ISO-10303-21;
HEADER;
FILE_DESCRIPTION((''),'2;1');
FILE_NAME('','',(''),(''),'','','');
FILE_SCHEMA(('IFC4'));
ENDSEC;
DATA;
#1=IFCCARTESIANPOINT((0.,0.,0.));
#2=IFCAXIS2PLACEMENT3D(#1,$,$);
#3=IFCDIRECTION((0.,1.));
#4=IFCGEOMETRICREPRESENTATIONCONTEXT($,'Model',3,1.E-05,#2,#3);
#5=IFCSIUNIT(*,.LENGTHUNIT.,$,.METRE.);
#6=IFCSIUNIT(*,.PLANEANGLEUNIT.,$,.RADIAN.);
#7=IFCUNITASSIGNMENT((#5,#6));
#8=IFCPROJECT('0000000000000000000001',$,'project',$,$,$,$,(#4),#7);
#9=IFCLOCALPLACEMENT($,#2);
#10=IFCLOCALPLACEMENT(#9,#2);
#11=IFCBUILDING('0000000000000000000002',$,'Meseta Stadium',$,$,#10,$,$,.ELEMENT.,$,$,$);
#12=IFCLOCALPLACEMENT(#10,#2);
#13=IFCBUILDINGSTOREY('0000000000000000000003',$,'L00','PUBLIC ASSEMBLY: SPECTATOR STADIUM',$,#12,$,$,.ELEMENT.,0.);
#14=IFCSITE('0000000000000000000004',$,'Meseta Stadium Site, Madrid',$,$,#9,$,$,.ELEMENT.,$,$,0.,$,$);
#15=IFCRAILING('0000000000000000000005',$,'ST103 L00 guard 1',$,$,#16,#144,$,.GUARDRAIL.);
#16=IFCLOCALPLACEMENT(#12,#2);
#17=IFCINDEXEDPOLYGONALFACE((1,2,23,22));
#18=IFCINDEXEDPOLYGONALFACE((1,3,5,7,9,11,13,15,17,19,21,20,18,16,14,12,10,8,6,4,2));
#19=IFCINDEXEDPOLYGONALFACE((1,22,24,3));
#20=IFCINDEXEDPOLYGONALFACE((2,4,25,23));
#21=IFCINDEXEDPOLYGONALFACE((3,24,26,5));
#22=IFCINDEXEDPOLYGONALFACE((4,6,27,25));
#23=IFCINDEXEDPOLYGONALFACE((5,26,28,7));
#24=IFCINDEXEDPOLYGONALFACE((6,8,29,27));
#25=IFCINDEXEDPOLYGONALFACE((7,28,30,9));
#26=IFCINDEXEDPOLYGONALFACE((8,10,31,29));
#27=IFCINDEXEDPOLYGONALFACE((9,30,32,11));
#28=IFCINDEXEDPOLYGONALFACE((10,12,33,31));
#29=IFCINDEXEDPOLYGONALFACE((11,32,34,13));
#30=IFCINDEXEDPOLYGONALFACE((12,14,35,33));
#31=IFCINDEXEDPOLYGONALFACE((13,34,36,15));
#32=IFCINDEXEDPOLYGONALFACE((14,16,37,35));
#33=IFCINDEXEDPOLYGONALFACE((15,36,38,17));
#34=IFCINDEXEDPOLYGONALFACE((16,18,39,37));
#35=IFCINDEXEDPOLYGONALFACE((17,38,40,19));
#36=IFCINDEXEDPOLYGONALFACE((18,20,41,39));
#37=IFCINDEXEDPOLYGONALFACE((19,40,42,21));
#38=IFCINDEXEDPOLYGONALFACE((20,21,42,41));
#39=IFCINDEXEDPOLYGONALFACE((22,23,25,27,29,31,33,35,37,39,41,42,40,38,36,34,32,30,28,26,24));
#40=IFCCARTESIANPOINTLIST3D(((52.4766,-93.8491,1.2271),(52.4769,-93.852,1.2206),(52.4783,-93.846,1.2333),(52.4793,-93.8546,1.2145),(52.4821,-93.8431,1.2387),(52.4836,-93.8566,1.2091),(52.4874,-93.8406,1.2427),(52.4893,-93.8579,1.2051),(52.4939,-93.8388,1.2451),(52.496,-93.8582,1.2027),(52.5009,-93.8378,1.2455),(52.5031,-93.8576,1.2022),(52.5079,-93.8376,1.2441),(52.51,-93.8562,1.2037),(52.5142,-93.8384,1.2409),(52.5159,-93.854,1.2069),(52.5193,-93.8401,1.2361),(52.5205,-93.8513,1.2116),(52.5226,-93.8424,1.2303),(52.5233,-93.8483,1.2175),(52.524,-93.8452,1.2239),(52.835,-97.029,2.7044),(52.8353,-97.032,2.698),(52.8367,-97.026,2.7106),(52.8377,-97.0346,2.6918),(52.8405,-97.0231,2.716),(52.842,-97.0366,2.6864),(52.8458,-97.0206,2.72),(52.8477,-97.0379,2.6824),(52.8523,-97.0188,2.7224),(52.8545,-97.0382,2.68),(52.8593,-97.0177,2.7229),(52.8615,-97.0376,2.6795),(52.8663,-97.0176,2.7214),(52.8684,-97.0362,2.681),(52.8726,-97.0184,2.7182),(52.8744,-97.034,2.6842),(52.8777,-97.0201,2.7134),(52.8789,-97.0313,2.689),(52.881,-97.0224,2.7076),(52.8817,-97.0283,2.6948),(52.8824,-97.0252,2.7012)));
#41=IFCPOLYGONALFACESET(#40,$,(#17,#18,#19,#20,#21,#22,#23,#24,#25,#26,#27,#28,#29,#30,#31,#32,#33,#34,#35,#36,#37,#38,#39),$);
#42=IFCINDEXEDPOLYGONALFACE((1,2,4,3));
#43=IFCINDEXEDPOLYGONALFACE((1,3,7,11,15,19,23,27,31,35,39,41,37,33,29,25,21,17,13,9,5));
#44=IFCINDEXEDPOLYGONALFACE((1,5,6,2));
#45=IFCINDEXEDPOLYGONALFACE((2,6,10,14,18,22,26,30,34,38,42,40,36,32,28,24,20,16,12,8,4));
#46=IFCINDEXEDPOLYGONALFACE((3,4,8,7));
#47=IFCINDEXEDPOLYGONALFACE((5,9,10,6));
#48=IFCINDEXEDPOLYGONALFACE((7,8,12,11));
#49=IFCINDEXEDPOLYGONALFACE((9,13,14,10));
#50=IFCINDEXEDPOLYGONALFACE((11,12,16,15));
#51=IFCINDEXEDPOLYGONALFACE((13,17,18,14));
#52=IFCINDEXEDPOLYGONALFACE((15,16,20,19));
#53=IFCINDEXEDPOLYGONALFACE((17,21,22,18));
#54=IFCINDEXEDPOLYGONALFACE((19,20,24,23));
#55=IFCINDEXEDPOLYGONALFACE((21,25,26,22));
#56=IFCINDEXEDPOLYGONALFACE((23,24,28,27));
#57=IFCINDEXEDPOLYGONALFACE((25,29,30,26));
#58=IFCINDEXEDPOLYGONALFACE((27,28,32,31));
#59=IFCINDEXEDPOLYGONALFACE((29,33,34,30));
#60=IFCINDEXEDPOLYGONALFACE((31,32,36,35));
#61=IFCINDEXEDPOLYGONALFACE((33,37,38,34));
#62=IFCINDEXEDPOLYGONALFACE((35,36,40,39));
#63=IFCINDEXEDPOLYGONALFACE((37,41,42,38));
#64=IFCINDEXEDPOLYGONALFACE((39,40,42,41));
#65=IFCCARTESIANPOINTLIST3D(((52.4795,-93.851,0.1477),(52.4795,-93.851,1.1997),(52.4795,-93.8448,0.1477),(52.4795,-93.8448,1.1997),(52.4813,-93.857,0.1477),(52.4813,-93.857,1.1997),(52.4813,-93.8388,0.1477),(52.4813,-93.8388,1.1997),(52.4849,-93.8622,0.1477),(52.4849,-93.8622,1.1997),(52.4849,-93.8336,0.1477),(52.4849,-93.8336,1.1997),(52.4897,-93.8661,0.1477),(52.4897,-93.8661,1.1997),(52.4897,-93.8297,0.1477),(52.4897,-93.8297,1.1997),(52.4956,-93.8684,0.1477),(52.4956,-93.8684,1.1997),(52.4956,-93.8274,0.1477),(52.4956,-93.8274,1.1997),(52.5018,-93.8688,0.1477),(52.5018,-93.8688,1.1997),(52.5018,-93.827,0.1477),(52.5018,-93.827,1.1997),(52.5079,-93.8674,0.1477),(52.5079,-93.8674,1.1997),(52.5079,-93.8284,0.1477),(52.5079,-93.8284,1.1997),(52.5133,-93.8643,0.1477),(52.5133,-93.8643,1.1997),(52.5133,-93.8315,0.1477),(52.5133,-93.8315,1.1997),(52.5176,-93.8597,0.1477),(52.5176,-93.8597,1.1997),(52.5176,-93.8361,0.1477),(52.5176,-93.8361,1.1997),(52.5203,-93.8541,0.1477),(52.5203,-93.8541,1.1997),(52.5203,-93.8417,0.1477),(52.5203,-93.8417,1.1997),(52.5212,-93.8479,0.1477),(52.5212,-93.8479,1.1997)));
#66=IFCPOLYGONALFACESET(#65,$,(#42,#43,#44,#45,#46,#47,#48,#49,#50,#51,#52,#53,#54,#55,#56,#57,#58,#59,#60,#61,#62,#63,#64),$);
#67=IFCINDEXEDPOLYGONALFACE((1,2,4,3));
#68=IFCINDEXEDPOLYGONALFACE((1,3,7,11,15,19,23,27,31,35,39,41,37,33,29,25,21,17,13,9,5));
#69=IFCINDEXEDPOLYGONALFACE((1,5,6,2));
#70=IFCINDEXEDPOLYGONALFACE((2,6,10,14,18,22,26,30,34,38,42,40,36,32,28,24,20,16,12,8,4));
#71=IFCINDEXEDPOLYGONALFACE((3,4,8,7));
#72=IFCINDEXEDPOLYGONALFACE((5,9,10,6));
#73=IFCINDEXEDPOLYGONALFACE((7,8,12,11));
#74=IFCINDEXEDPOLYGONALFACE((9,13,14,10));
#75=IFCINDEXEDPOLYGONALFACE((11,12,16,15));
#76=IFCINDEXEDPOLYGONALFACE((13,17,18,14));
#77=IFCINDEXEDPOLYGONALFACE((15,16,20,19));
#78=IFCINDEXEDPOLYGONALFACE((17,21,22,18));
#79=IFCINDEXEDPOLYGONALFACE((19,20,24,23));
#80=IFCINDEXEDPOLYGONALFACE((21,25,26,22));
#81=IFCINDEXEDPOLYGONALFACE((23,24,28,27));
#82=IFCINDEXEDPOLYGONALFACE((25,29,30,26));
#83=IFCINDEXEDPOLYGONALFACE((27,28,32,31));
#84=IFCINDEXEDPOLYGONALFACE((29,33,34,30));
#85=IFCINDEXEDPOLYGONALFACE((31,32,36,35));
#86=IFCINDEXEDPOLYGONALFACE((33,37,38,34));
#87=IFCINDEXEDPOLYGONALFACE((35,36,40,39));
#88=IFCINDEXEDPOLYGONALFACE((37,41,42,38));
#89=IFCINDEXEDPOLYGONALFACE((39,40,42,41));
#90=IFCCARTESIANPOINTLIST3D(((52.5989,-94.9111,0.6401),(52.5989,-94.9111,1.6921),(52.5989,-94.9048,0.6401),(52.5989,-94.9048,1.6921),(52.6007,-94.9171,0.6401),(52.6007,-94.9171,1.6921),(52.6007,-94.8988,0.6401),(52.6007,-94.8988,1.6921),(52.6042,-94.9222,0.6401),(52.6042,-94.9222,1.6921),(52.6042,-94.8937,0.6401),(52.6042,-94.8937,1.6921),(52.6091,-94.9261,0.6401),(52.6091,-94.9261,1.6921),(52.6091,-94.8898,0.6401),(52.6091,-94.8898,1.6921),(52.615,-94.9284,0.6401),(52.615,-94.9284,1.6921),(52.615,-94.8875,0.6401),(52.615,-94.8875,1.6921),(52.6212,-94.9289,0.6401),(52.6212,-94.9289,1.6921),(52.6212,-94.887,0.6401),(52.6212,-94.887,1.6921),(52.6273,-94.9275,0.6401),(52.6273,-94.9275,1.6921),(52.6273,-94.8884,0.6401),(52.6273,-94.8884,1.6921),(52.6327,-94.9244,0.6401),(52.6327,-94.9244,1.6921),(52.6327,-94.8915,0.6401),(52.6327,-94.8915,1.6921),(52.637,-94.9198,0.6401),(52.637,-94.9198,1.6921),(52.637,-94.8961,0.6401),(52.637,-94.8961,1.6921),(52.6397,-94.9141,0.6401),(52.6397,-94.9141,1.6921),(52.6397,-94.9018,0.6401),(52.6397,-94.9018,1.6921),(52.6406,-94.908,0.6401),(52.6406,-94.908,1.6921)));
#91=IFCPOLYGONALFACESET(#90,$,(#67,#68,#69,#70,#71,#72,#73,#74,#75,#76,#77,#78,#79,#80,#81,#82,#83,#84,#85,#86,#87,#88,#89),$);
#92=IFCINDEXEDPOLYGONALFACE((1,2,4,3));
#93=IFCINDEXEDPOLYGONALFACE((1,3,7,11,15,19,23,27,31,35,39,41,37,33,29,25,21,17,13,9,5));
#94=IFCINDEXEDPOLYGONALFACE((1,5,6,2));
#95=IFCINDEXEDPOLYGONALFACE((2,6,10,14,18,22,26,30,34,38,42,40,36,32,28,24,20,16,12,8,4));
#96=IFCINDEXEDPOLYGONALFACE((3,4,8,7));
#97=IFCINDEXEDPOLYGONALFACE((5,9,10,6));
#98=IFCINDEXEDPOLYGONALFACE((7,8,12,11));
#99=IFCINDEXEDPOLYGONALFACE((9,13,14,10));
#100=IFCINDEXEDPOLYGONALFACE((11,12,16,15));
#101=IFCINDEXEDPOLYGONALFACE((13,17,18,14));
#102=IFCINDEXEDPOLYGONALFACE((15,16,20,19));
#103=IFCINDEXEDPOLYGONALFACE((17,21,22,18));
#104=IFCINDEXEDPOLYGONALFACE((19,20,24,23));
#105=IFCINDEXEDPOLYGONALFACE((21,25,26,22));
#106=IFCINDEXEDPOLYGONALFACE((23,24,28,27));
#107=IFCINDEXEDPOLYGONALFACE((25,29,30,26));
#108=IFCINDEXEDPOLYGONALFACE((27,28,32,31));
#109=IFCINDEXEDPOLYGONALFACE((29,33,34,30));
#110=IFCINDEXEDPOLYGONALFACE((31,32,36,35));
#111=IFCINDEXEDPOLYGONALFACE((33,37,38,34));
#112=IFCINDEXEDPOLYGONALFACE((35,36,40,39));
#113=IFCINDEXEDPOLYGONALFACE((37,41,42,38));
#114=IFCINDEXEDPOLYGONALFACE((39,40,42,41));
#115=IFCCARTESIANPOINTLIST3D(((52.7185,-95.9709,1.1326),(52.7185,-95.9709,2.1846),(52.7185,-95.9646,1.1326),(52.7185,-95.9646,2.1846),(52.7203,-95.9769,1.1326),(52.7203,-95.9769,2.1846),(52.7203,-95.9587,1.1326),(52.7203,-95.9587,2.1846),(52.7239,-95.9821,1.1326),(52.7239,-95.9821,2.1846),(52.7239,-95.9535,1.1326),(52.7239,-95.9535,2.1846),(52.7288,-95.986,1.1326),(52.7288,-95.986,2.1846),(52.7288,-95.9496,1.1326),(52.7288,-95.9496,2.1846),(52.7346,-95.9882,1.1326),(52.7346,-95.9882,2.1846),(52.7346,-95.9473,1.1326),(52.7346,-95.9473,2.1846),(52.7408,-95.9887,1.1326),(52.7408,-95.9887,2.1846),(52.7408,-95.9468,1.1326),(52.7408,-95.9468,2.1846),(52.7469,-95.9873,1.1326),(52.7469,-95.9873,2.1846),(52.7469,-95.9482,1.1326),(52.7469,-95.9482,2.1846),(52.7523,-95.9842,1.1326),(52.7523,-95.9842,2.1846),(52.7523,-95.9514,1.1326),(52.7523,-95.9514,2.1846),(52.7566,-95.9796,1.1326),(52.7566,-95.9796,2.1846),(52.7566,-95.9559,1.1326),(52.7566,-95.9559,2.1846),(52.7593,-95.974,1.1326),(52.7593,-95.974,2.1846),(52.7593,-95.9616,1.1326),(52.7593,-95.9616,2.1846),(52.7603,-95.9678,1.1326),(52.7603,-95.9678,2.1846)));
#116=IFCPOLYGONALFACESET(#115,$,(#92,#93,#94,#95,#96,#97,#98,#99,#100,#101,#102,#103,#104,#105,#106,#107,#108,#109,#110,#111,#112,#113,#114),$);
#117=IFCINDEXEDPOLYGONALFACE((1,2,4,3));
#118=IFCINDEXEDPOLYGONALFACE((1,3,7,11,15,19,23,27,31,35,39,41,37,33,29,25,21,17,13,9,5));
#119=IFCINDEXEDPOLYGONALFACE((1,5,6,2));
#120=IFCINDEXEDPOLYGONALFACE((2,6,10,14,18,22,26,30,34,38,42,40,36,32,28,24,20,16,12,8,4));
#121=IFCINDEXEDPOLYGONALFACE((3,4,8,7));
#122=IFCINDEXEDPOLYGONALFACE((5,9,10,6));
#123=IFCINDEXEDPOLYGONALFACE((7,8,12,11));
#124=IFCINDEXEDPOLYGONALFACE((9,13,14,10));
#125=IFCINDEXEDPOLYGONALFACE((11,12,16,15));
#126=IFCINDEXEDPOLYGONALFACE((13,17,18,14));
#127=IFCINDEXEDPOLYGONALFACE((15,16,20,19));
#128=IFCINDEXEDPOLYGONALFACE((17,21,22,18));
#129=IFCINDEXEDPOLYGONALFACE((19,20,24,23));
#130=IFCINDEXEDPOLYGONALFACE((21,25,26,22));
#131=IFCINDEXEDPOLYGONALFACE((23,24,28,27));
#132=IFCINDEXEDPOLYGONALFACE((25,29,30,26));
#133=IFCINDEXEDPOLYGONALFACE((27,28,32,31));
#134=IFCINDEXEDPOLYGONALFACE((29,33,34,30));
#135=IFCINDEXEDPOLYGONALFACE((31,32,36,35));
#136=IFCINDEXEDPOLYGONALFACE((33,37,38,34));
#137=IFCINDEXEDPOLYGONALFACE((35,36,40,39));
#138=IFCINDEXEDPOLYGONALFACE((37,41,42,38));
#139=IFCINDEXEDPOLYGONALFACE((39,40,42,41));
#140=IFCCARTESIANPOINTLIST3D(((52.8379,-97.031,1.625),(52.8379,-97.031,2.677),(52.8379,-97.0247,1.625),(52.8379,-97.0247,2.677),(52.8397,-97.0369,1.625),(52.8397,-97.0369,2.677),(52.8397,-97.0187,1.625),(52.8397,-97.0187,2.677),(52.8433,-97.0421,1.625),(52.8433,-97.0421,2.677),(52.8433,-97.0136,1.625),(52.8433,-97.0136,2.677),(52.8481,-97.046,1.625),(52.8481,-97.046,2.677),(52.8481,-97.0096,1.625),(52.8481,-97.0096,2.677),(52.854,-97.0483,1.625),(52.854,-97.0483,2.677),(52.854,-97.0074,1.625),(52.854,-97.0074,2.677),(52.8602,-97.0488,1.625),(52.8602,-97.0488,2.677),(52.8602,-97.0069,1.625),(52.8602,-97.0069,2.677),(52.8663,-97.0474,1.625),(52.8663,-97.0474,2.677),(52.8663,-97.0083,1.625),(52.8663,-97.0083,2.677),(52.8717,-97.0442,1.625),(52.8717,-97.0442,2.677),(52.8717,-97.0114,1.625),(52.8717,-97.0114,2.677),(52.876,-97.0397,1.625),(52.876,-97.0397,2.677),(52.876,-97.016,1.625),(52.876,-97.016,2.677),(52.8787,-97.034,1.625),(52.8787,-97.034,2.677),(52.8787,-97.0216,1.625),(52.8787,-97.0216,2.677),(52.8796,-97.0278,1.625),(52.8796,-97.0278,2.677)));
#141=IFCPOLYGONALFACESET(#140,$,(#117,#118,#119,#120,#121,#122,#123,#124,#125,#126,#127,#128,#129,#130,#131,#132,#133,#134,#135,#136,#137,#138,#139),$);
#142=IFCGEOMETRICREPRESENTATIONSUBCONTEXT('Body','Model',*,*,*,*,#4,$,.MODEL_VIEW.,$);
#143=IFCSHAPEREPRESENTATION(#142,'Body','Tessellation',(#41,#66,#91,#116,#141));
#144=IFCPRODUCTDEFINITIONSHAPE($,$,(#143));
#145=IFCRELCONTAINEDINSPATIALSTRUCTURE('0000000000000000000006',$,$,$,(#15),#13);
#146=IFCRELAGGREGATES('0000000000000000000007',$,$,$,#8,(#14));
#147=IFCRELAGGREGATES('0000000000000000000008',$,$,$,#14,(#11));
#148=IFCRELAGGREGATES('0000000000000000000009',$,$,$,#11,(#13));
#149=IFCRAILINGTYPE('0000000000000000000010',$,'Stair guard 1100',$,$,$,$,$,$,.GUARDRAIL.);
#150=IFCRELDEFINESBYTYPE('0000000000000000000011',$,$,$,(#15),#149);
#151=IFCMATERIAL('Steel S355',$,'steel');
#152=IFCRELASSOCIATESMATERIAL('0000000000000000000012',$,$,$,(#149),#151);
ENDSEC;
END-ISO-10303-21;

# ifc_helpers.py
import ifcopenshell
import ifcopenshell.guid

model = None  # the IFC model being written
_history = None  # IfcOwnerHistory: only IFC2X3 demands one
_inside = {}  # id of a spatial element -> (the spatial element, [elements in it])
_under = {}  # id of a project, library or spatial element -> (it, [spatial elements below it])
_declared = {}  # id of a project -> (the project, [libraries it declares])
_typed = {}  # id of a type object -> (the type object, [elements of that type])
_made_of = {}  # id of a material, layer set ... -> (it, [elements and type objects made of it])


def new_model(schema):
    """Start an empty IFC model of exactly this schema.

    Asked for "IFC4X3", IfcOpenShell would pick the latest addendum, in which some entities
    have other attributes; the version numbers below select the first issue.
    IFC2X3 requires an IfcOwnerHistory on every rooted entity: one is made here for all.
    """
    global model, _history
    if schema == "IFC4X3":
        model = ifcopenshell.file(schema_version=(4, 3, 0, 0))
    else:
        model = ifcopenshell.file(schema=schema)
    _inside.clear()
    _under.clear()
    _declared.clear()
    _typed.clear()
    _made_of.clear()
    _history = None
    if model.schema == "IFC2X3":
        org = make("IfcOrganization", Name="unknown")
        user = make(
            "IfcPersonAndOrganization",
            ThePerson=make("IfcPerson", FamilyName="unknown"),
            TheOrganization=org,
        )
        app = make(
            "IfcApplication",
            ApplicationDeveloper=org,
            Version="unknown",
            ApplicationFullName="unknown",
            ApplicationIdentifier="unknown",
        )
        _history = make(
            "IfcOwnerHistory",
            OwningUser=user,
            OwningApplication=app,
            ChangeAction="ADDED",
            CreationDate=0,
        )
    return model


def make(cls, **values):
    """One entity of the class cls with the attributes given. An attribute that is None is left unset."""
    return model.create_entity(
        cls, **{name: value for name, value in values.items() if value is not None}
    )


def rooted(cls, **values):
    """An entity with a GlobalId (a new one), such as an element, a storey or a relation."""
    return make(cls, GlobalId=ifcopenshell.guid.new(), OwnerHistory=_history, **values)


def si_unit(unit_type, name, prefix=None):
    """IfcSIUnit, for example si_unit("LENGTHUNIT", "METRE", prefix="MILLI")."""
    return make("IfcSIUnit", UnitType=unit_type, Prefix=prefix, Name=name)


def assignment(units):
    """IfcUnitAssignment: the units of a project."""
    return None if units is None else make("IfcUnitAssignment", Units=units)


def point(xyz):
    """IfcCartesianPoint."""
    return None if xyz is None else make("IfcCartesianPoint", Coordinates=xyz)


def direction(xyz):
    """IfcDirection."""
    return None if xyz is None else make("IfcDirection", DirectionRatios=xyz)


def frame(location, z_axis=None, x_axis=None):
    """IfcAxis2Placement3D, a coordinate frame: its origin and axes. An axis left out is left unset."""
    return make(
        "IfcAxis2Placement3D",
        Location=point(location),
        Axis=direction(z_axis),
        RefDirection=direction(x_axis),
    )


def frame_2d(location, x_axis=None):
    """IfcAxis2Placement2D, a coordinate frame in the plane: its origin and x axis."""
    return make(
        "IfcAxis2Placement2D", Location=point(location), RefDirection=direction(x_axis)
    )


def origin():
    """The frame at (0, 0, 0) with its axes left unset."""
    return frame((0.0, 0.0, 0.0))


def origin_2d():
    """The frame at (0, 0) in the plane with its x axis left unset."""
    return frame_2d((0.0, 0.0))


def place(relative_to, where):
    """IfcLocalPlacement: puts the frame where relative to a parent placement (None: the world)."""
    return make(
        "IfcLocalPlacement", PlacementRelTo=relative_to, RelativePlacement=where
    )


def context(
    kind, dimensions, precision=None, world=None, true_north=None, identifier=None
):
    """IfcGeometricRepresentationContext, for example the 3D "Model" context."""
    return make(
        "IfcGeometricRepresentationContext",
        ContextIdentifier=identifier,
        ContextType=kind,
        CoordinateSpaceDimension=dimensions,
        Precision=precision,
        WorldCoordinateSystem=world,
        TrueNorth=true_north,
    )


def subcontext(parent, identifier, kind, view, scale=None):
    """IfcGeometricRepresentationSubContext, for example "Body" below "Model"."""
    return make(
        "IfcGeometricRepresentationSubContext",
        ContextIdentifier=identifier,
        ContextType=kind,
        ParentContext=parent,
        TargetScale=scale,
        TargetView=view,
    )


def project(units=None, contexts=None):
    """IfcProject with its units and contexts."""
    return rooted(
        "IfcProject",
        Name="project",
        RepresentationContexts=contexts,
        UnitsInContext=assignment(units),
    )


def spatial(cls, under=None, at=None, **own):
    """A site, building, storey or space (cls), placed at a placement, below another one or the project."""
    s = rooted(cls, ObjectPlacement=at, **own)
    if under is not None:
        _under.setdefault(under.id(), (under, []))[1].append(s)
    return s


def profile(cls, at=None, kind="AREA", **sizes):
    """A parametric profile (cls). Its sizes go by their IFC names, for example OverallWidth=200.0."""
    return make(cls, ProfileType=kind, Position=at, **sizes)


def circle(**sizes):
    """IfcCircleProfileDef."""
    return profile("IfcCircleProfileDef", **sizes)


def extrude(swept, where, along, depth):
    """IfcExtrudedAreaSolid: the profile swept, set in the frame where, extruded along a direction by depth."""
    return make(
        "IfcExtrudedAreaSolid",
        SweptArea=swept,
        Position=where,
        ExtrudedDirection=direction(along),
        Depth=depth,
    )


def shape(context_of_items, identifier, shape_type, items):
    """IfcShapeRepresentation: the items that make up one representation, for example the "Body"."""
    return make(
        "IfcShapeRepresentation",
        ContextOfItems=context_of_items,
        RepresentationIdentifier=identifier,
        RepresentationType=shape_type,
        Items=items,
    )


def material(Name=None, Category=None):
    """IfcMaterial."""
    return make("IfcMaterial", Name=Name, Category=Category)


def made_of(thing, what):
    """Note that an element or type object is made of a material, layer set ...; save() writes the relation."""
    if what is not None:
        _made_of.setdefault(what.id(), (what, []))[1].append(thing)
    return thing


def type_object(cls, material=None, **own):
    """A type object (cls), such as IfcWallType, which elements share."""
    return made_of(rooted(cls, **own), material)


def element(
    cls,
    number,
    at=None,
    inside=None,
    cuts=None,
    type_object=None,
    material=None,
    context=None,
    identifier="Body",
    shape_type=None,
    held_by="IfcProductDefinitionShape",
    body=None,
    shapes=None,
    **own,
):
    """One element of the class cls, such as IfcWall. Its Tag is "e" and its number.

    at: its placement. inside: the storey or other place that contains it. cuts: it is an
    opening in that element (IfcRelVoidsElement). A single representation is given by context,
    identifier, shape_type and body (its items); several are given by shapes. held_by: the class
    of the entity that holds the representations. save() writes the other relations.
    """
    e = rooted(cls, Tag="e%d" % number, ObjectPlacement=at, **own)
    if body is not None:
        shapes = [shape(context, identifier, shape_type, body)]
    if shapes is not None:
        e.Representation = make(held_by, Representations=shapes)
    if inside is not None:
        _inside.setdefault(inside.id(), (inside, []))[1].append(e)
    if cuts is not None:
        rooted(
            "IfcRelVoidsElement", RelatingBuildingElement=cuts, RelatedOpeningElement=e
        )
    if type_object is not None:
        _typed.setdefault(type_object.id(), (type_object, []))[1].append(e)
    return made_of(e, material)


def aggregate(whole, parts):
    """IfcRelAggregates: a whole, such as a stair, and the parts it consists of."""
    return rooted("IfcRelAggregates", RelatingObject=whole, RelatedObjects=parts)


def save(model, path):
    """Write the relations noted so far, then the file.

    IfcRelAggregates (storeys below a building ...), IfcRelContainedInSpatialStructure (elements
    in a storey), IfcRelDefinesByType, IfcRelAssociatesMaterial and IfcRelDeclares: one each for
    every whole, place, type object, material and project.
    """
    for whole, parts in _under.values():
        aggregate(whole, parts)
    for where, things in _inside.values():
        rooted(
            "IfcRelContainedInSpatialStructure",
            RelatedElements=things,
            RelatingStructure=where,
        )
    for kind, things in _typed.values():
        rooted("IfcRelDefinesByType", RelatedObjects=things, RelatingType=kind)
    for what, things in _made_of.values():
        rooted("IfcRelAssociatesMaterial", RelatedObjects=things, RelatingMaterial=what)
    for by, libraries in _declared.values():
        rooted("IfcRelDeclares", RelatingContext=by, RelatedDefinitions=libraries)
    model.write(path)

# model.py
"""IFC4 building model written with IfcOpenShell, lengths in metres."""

from ifc_helpers import new_model, si_unit, direction, frame, origin, origin_2d, place, context, subcontext, project, spatial, circle, extrude, material, type_object, element, save


model = new_model("IFC4")

# Units and contexts
model_context = context("Model", 3, precision=1e-05, world=origin(), true_north=direction((0.0, 1.0)))
body_context = subcontext(model_context, "Body", "Model", "MODEL_VIEW")
ifc_project = project(units=[si_unit("LENGTHUNIT", "METRE"), si_unit("PLANEANGLEUNIT", "RADIAN")], contexts=[model_context])

# Site, building, storey
site_placement = place(None, origin())
site = spatial("IfcSite", under=ifc_project, at=site_placement, Name="Meseta Stadium Site, Madrid", CompositionType="ELEMENT", RefElevation=0.0)
building_placement = place(site_placement, origin())
building = spatial("IfcBuilding", under=site, at=building_placement, Name="Meseta Stadium", CompositionType="ELEMENT")
storey_placement = place(building_placement, origin())
storey = spatial("IfcBuildingStorey", under=building, at=storey_placement, Name="L00", Description="PUBLIC ASSEMBLY: SPECTATOR STADIUM", CompositionType="ELEMENT", Elevation=0.0)

# Railing
ifc_material_1 = material(Name="Steel S355", Category="steel")
railing_type = type_object("IfcRailingType", Name="Stair guard 1100", PredefinedType="GUARDRAIL", material=ifc_material_1)
railing_1_placement = place(storey_placement, frame((52.5002, -93.8479, 0.1477)))
element("IfcRailing", 1, at=railing_1_placement, inside=storey, type_object=railing_type, Name="ST103 L00 guard 1", PredefinedType="GUARDRAIL", context=body_context, shape_type="SweptSolid", body=[
    extrude(circle(Radius=0.0239, at=origin_2d()), frame((0.0, 0.0, 1.0762), z_axis=(0.101685, -0.90221, 0.419138), x_axis=(0.993709, 0.111997, 0.0)), (0.0, 0.0, 1.0), 3.5247),
    extrude(circle(Radius=0.021, at=origin_2d()), origin(), (0.0, 0.0, 1.0), 1.052),
    extrude(circle(Radius=0.021, at=origin_2d()), frame((0.1194, -1.0601, 0.4924)), (0.0, 0.0, 1.0), 1.052),
    extrude(circle(Radius=0.021, at=origin_2d()), frame((0.239, -2.1199, 0.9849)), (0.0, 0.0, 1.0), 1.052),
    extrude(circle(Radius=0.021, at=origin_2d()), frame((0.3584, -3.1799, 1.4773)), (0.0, 0.0, 1.0), 1.052),
])

save(model, "model.ifc")
